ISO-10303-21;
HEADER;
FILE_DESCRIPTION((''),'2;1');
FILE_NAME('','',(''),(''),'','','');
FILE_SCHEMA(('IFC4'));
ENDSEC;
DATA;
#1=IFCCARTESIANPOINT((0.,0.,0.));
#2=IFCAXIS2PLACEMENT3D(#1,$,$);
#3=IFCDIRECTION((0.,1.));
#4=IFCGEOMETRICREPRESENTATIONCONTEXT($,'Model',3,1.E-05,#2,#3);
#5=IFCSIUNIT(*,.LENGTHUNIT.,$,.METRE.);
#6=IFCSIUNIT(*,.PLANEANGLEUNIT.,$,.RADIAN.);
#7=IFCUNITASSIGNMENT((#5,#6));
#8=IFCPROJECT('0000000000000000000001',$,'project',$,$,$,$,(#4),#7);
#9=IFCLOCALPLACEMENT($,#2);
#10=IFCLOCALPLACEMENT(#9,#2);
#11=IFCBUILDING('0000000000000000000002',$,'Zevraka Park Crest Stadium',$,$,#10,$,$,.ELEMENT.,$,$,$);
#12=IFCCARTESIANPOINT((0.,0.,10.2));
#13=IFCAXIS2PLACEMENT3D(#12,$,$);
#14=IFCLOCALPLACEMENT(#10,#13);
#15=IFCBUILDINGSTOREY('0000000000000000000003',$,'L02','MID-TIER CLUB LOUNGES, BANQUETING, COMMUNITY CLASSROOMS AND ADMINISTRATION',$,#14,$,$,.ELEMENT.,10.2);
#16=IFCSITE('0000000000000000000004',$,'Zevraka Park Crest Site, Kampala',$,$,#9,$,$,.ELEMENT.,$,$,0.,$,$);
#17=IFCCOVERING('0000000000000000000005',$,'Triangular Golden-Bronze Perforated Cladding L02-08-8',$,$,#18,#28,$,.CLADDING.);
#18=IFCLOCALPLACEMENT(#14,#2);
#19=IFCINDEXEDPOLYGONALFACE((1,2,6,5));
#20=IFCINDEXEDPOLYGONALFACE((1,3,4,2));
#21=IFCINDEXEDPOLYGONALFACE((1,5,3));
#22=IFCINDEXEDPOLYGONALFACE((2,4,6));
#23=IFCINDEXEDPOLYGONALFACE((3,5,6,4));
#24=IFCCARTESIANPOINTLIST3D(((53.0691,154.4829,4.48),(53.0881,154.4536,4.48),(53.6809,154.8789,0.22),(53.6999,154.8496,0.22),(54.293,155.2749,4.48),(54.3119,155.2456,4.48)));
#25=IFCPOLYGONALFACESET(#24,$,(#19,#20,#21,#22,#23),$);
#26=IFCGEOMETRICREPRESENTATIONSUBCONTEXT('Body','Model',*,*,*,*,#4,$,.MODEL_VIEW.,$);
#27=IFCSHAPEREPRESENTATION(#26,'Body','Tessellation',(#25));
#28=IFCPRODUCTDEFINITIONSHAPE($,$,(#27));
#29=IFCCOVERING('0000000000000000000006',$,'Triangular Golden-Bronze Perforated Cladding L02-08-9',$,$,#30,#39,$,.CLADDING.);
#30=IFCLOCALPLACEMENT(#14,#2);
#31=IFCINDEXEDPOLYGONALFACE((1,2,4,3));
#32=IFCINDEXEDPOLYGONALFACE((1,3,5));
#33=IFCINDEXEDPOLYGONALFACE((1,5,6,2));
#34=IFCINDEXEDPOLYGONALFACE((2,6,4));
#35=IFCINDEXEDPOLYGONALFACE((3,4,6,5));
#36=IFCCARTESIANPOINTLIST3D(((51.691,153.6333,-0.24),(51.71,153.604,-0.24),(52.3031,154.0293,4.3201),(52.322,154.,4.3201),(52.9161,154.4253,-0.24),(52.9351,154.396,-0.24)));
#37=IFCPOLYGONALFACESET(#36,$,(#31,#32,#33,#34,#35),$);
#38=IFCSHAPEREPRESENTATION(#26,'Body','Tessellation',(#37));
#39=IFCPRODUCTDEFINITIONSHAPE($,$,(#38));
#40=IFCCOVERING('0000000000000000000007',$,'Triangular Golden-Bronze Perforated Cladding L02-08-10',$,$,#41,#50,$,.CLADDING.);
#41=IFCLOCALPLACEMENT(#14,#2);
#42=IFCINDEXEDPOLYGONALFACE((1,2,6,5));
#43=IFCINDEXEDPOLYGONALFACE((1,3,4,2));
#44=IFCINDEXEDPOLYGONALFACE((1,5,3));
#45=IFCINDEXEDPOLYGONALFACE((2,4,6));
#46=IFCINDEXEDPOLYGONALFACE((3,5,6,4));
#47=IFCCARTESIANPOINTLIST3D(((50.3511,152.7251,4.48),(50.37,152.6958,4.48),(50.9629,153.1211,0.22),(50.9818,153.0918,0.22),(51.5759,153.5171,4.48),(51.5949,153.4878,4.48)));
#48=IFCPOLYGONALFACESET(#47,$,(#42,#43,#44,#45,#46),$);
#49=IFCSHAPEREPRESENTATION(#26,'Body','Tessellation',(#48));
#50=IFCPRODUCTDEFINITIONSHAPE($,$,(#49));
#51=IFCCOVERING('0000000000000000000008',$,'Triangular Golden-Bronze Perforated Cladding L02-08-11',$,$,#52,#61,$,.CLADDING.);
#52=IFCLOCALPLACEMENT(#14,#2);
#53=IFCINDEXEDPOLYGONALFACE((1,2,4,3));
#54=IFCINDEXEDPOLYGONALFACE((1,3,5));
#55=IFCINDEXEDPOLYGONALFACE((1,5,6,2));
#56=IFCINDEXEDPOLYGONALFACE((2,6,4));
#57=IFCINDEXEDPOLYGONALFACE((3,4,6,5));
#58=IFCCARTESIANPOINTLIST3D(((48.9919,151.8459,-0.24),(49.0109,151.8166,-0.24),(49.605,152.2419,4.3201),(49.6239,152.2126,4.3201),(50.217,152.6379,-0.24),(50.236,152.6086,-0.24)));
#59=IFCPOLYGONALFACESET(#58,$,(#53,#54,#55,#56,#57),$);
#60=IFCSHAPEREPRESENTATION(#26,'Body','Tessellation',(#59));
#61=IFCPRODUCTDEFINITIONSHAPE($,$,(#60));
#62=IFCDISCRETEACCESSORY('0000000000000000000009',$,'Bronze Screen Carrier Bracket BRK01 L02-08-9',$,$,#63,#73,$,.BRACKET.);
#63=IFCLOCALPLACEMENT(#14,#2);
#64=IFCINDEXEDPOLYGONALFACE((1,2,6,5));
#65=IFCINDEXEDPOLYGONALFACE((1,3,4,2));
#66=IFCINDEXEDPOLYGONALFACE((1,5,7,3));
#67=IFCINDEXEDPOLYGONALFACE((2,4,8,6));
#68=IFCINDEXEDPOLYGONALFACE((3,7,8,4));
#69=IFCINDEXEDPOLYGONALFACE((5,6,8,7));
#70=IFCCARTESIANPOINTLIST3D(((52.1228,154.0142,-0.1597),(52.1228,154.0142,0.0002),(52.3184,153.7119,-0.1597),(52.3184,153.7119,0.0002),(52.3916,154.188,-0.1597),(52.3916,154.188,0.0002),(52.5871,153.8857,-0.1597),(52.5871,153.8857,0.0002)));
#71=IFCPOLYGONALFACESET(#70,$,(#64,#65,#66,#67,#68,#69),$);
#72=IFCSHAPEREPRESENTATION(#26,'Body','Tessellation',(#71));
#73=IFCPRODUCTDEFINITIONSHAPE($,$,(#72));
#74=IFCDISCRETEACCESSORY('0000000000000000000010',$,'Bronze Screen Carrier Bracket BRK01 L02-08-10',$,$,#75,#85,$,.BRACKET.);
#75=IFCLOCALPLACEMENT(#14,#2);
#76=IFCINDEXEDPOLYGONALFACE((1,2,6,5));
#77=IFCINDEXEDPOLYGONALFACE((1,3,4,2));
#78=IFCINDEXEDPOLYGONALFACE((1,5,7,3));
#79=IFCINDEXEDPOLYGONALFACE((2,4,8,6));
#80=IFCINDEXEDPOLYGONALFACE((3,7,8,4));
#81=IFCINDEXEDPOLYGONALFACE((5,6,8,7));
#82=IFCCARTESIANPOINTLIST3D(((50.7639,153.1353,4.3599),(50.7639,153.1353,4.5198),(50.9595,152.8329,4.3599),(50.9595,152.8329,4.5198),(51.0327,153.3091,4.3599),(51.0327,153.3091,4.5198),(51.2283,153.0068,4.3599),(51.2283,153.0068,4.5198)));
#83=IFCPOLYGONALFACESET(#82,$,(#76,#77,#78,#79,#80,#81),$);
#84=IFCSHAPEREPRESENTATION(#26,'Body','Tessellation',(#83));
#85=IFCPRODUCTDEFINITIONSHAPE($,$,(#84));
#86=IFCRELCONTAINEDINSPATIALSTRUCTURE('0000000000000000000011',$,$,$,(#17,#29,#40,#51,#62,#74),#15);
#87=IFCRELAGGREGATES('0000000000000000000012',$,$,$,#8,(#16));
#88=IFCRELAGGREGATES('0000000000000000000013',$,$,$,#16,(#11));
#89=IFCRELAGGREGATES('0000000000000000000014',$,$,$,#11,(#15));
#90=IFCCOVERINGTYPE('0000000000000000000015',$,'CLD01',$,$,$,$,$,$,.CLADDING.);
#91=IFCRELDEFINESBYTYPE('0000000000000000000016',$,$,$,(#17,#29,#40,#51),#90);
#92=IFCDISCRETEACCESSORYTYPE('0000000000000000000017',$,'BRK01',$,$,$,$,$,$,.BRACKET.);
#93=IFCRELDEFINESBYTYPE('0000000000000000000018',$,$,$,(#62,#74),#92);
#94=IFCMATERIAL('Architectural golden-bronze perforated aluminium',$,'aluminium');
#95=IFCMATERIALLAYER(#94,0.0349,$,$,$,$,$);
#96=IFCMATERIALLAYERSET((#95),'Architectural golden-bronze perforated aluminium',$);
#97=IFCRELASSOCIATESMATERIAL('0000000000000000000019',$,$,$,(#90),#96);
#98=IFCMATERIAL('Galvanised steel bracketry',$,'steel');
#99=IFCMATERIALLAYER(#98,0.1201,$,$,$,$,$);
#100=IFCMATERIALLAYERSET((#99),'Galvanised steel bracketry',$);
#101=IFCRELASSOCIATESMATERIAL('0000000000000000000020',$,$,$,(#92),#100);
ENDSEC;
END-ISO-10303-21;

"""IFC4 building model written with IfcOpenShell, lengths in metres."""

from ifc_helpers import new_model, si_unit, direction, frame, origin, origin_2d, place, context, subcontext, project, spatial, polyline, rectangle, outline, extrude, material, layer, layer_set, type_object, element, save


model = new_model("IFC4")

# Units and contexts
model_context = context("Model", 3, precision=1e-05, world=origin(), true_north=direction((0.0, 1.0)))
body_context = subcontext(model_context, "Body", "Model", "MODEL_VIEW")
ifc_project = project(units=[si_unit("LENGTHUNIT", "METRE"), si_unit("PLANEANGLEUNIT", "RADIAN")], contexts=[model_context])

# Site, building, storey
site_placement = place(None, origin())
site = spatial("IfcSite", under=ifc_project, at=site_placement, Name="Zevraka Park Crest Site, Kampala", CompositionType="ELEMENT", RefElevation=0.0)
building_placement = place(site_placement, origin())
building = spatial("IfcBuilding", under=site, at=building_placement, Name="Zevraka Park Crest Stadium", CompositionType="ELEMENT")
storey_placement = place(building_placement, frame((0.0, 0.0, 10.2)))
storey = spatial("IfcBuildingStorey", under=building, at=storey_placement, Name="L02", Description="MID-TIER CLUB LOUNGES, BANQUETING, COMMUNITY CLASSROOMS AND ADMINISTRATION", CompositionType="ELEMENT", Elevation=10.2)

# Coverings
ifc_material_1 = material(Name="Architectural golden-bronze perforated aluminium", Category="aluminium")
ifc_layer_1 = layer(ifc_material_1, 0.0349)
ifc_layer_set_1 = layer_set([ifc_layer_1], Name="Architectural golden-bronze perforated aluminium")
covering_type = type_object("IfcCoveringType", Name="CLD01", PredefinedType="CLADDING", material=ifc_layer_set_1)
covering_1_placement = place(storey_placement, frame((53.0691, 154.4829, 4.48), z_axis=(-0.543286, 0.839548, 0.000016), x_axis=(0.839548, 0.543286, 0.0)))
element("IfcCovering", 1, at=covering_1_placement, inside=storey, type_object=covering_type, Name="Triangular Golden-Bronze Perforated Cladding L02-08-8", PredefinedType="CLADDING", context=body_context, shape_type="SweptSolid", body=[
    extrude(outline(polyline([(0.0, 0.0), (1.4578, 0.0), (0.7288, 4.26), (0.0, 0.0)])), origin(), (0.0, 0.0, -1.0), 0.0349),
])
covering_2_placement = place(storey_placement, frame((52.9351, 154.396, -0.24), z_axis=(0.542904, -0.839795, 0.000058), x_axis=(-0.839795, -0.542904, 0.0)))
element("IfcCovering", 2, at=covering_2_placement, inside=storey, type_object=covering_type, Name="Triangular Golden-Bronze Perforated Cladding L02-08-9", PredefinedType="CLADDING", context=body_context, shape_type="SweptSolid", body=[
    extrude(outline(polyline([(0.0, 0.0), (1.4588, 0.0), (0.7298, -4.5601), (0.0, 0.0)])), origin(), (0.0, 0.0, -1.0), 0.0349),
])
covering_3_placement = place(storey_placement, frame((50.3511, 152.7251, 4.48), z_axis=(-0.542981, 0.839745, 0.000078), x_axis=(0.839745, 0.542981, 0.0)))
element("IfcCovering", 3, at=covering_3_placement, inside=storey, type_object=covering_type, Name="Triangular Golden-Bronze Perforated Cladding L02-08-10", PredefinedType="CLADDING", context=body_context, shape_type="SweptSolid", body=[
    extrude(outline(polyline([(0.0, 0.0), (1.4586, 0.0), (0.7288, 4.26), (0.0, 0.0)])), origin(), (0.0, 0.0, -1.0), 0.0349),
])
covering_4_placement = place(storey_placement, frame((50.217, 152.6379, -0.24), z_axis=(-0.542904, 0.839795, 0.000058), x_axis=(-0.839795, -0.542904, 0.0)))
element("IfcCovering", 4, at=covering_4_placement, inside=storey, type_object=covering_type, Name="Triangular Golden-Bronze Perforated Cladding L02-08-11", PredefinedType="CLADDING", context=body_context, shape_type="SweptSolid", body=[
    extrude(outline(polyline([(0.0, 0.0), (1.4588, 0.0), (0.729, 4.5601), (0.0, 0.0)])), origin(), (0.0, 0.0, -1.0), 0.0349),
])

# Discrete accessories
ifc_material_2 = material(Name="Galvanised steel bracketry", Category="steel")
ifc_layer_2 = layer(ifc_material_2, 0.1201)
ifc_layer_set_2 = layer_set([ifc_layer_2], Name="Galvanised steel bracketry")
discrete_accessory_type = type_object("IfcDiscreteAccessoryType", Name="BRK01", PredefinedType="BRACKET", material=ifc_layer_set_2)
for number, where, z_axis, x_axis, name in (
    (5, (52.355, 153.95, -0.1597), (0.0, 0.0, 1.0), (-0.839715, -0.543028, 0.0), "Bronze Screen Carrier Bracket BRK01 L02-08-9"),
    (6, (50.9961, 153.071, 4.3599), (0.0, 0.0, 1.0), (-0.839715, -0.543028, 0.0), "Bronze Screen Carrier Bracket BRK01 L02-08-10"),
):
    element("IfcDiscreteAccessory", number, at=place(storey_placement, frame(where, z_axis=z_axis, x_axis=x_axis)), inside=storey, type_object=discrete_accessory_type, Name=name, PredefinedType="BRACKET", context=body_context, shape_type="SweptSolid", body=[
        extrude(rectangle(XDim=0.3201, YDim=0.3601, at=origin_2d()), origin(), (0.0, 0.0, 1.0), 0.1599),
    ])

save(model, "model.ifc")
